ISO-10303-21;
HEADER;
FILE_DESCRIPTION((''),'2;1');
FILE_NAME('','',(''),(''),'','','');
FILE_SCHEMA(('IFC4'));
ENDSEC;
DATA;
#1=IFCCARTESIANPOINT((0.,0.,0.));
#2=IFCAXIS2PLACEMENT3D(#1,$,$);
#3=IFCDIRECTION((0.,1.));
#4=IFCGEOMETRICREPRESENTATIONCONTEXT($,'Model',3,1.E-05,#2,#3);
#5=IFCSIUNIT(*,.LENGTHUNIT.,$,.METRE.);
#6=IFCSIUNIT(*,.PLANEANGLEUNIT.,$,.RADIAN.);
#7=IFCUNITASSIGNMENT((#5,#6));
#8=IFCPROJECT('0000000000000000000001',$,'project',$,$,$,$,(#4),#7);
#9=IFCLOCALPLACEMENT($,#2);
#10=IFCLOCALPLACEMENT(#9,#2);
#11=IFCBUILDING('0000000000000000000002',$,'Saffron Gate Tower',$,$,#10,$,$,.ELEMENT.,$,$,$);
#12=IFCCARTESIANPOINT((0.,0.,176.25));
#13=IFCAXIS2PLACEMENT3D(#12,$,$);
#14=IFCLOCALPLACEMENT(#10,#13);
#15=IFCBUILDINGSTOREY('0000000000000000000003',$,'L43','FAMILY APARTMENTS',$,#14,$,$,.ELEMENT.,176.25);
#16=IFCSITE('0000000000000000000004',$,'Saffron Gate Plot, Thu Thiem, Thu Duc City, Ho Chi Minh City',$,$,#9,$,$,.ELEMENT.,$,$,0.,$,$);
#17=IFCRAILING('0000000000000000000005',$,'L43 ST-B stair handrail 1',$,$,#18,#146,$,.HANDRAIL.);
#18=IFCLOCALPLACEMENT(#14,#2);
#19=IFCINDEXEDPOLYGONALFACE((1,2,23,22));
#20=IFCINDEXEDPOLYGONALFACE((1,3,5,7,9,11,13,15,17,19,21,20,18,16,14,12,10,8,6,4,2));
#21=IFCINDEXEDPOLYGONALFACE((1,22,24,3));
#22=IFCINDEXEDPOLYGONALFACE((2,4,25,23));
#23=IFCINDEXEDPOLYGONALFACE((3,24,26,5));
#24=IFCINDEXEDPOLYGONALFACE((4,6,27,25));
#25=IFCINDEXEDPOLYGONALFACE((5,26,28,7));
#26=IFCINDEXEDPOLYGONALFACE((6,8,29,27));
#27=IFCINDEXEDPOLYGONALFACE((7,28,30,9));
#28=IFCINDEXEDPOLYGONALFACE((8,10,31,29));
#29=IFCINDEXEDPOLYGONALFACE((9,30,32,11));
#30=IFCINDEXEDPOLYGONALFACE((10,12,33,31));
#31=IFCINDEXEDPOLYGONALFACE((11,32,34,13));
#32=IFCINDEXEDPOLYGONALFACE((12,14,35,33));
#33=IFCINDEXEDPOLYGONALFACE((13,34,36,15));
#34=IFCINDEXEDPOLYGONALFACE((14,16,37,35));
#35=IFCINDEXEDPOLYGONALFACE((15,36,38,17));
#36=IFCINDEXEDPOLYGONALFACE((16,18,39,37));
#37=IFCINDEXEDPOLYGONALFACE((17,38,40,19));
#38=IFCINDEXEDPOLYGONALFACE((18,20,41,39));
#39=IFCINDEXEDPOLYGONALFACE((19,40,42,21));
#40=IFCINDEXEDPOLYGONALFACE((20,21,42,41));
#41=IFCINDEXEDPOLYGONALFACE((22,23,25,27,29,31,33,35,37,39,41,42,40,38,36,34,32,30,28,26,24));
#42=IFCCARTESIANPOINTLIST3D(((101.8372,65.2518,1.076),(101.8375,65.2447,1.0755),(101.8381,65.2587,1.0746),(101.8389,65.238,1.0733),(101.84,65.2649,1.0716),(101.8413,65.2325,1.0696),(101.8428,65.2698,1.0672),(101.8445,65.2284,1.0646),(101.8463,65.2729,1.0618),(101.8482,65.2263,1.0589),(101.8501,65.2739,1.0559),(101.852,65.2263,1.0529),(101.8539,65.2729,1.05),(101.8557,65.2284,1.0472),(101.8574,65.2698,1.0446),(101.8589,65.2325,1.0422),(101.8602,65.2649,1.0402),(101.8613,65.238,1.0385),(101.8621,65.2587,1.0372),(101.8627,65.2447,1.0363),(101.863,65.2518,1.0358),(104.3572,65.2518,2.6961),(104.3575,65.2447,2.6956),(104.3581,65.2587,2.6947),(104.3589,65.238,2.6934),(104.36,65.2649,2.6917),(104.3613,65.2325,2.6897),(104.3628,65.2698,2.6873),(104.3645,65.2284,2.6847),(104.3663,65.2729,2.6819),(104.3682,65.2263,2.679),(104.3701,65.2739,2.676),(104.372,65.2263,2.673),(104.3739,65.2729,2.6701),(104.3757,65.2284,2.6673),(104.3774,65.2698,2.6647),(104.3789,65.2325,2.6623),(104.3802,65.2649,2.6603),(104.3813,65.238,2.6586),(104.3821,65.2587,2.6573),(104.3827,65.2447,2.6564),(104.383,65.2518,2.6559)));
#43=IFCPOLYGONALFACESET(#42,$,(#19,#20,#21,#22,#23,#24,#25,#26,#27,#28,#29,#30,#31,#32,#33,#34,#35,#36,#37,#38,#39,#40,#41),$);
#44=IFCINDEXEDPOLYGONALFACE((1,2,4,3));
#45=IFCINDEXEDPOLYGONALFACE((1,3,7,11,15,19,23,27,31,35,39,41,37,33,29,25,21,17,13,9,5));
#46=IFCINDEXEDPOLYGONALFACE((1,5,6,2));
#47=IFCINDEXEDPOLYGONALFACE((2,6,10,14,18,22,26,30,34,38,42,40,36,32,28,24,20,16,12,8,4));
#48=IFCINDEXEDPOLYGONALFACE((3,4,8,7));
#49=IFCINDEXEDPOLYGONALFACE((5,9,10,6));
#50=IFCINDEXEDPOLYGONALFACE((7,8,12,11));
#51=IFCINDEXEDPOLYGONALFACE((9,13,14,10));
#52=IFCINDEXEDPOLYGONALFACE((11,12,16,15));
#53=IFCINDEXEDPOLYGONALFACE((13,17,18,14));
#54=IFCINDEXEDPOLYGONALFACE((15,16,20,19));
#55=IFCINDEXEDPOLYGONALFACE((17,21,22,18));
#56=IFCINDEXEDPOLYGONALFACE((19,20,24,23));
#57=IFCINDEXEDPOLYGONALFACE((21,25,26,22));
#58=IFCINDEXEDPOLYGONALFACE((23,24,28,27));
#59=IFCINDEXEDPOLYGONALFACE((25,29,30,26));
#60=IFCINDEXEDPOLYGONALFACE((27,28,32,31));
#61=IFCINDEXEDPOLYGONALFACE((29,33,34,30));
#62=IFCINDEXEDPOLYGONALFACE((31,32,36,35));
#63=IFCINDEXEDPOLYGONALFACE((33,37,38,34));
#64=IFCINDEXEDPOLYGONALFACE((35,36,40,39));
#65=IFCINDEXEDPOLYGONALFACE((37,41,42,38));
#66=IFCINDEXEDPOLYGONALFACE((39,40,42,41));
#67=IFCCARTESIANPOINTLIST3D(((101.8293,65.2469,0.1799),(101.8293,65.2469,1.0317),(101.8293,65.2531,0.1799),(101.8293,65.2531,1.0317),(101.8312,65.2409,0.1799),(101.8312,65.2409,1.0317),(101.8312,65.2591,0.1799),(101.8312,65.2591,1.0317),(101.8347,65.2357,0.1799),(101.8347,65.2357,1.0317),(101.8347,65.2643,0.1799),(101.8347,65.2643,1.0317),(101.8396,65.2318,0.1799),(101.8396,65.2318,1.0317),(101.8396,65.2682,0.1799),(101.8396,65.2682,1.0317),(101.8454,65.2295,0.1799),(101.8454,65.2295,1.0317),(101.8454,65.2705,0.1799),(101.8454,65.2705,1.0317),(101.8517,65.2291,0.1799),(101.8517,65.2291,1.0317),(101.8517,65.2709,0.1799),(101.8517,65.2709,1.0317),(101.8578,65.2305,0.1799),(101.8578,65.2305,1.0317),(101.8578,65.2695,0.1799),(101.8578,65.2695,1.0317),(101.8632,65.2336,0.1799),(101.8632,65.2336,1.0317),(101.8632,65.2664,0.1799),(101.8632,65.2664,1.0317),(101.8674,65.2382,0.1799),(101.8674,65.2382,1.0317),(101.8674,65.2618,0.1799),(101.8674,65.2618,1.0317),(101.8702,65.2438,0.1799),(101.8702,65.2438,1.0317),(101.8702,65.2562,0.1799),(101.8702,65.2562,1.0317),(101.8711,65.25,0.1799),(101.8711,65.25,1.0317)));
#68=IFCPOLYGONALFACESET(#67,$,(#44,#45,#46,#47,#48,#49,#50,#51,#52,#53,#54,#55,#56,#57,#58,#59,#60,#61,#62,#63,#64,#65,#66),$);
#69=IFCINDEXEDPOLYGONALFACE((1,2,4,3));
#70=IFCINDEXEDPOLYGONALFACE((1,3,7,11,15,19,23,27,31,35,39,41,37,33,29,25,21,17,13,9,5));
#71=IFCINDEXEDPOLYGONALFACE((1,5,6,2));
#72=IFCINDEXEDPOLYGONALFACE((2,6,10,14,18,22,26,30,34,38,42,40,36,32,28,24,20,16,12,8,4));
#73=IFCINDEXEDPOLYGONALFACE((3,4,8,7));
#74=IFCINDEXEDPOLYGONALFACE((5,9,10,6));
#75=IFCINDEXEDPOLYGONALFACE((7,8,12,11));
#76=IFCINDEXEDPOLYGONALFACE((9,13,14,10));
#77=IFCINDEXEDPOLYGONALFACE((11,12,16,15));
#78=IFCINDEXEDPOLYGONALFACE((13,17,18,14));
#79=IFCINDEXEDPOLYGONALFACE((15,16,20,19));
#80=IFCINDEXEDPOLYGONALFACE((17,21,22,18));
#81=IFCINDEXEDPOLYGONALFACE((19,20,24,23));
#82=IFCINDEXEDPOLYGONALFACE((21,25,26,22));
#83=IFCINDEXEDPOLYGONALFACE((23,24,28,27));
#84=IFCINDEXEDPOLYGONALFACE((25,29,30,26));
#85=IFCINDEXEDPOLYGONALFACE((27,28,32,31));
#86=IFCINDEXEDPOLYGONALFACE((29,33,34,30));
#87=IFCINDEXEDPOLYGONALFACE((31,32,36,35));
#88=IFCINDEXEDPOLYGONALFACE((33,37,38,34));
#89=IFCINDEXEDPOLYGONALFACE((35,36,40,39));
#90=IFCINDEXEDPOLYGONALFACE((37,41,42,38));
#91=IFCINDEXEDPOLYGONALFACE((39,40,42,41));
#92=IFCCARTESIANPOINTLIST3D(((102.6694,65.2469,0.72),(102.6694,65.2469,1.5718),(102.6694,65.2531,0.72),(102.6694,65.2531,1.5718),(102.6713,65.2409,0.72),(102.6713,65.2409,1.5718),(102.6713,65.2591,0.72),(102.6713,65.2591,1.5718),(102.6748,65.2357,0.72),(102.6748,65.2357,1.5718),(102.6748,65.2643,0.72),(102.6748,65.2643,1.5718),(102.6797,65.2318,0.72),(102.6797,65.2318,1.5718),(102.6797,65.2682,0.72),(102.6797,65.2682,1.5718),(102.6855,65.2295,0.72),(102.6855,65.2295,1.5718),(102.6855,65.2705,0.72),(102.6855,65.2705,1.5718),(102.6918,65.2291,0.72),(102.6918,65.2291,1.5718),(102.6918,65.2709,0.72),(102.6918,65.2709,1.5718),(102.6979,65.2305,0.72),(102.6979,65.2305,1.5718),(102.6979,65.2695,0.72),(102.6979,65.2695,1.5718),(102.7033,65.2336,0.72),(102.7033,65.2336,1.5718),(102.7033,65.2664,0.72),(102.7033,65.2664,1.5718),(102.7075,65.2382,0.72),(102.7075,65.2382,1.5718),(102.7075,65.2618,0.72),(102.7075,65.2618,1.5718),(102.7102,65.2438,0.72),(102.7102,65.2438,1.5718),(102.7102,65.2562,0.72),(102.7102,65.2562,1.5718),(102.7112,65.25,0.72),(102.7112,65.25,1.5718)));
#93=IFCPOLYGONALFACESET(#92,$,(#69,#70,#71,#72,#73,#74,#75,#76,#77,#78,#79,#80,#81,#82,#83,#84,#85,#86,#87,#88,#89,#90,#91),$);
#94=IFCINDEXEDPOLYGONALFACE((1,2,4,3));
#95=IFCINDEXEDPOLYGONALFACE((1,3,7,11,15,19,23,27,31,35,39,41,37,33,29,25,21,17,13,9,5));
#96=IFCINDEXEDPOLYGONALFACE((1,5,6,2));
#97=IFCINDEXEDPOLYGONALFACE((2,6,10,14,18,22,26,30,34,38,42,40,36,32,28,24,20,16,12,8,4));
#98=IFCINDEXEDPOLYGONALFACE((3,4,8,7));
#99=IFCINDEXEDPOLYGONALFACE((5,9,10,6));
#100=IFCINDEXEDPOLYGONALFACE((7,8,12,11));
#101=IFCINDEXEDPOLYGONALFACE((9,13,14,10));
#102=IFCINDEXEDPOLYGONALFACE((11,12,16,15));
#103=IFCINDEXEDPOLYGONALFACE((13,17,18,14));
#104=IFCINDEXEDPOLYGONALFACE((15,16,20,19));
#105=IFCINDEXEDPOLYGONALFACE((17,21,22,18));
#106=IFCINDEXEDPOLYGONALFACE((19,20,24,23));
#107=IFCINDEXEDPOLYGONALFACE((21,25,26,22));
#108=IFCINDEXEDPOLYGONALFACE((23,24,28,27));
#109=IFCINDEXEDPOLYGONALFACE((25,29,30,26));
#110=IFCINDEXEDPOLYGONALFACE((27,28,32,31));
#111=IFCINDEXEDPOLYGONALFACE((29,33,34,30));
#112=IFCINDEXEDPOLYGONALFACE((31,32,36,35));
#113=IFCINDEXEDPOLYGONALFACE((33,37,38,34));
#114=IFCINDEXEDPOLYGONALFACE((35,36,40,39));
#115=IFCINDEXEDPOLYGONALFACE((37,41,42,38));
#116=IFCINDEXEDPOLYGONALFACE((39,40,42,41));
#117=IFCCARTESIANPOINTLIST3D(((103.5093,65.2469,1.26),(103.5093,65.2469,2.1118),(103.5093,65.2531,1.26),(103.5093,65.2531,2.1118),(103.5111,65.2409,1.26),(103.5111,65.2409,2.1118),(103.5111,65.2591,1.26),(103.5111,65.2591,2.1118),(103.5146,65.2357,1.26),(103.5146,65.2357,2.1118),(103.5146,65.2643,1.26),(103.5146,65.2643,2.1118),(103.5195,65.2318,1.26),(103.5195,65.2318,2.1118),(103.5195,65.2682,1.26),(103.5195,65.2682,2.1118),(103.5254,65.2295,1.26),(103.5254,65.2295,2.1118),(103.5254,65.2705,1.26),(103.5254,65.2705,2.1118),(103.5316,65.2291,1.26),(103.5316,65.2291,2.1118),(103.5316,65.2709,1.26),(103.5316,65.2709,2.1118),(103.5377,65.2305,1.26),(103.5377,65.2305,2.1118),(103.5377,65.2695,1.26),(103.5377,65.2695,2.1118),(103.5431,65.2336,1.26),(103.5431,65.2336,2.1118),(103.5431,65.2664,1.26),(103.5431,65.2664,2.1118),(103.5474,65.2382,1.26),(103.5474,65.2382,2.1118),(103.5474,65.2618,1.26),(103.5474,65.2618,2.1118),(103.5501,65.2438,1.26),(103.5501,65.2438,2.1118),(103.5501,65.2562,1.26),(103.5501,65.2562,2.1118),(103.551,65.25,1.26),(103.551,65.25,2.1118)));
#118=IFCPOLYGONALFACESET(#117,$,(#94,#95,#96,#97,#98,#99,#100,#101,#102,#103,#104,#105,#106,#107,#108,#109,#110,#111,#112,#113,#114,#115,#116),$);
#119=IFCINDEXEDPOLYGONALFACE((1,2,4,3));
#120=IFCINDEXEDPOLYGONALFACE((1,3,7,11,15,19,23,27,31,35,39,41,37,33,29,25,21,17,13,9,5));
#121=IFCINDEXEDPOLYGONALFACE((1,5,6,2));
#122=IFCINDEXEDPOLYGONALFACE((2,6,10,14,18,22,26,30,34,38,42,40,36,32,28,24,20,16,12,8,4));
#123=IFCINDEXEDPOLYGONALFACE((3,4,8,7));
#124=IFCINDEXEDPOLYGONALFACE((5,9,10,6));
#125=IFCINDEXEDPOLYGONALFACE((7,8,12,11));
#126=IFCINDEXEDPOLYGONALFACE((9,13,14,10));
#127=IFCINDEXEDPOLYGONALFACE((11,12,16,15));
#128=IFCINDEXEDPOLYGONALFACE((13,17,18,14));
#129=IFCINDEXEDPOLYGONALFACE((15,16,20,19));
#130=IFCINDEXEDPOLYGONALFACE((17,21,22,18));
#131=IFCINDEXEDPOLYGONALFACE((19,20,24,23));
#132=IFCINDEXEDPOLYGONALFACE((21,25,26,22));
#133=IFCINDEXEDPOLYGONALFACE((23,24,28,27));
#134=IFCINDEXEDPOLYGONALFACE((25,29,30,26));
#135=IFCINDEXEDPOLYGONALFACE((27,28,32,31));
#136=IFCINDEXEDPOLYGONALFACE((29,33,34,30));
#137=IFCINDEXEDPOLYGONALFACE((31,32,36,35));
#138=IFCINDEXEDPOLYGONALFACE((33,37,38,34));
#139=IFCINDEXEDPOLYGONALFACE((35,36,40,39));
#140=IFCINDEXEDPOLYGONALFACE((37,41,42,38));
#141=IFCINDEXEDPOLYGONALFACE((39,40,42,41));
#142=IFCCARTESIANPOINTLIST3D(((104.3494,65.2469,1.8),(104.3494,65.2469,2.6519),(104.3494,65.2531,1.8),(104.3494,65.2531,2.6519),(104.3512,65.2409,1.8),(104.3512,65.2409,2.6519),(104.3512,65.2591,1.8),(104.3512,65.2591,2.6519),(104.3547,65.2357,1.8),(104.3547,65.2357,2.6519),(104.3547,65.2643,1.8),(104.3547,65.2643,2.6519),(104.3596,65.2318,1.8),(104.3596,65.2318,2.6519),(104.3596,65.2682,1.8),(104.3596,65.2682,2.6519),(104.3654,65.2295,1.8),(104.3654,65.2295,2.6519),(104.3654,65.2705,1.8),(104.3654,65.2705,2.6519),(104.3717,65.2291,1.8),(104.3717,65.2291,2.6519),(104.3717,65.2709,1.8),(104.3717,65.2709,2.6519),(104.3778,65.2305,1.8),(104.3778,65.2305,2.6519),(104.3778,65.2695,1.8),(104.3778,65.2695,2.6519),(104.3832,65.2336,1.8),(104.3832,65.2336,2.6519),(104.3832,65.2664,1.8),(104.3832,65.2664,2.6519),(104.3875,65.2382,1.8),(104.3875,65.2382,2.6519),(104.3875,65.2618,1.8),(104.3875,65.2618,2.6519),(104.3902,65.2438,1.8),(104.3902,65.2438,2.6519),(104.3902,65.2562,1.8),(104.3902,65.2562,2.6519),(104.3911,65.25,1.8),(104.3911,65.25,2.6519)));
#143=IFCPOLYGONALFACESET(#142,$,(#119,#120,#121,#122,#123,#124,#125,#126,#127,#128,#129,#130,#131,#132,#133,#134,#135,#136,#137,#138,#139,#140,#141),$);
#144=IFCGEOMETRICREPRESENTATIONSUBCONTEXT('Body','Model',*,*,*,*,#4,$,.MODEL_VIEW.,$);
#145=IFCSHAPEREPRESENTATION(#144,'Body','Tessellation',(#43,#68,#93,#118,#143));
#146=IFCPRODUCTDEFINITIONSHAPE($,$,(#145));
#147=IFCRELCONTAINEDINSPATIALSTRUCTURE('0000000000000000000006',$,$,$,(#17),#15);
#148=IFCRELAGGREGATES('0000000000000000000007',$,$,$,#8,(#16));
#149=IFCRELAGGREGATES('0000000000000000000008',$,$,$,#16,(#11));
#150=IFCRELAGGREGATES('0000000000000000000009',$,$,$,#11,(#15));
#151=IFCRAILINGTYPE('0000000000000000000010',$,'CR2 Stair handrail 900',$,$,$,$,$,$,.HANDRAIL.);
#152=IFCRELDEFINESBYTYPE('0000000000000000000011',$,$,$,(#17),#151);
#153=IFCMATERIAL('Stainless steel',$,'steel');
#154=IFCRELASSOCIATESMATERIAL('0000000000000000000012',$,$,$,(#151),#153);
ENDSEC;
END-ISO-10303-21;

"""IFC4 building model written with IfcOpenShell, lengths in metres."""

from ifc_helpers import new_model, si_unit, direction, frame, origin, origin_2d, place, context, subcontext, project, spatial, circle, extrude, material, type_object, element, save


model = new_model("IFC4")

# Units and contexts
model_context = context("Model", 3, precision=1e-05, world=origin(), true_north=direction((0.0, 1.0)))
body_context = subcontext(model_context, "Body", "Model", "MODEL_VIEW")
ifc_project = project(units=[si_unit("LENGTHUNIT", "METRE"), si_unit("PLANEANGLEUNIT", "RADIAN")], contexts=[model_context])

# Site, building, storey
site_placement = place(None, origin())
site = spatial("IfcSite", under=ifc_project, at=site_placement, Name="Saffron Gate Plot, Thu Thiem, Thu Duc City, Ho Chi Minh City", CompositionType="ELEMENT", RefElevation=0.0)
building_placement = place(site_placement, origin())
building = spatial("IfcBuilding", under=site, at=building_placement, Name="Saffron Gate Tower", CompositionType="ELEMENT")
storey_placement = place(building_placement, frame((0.0, 0.0, 176.25)))
storey = spatial("IfcBuildingStorey", under=building, at=storey_placement, Name="L43", Description="FAMILY APARTMENTS", CompositionType="ELEMENT", Elevation=176.25)

# Railing
ifc_material_1 = material(Name="Stainless steel", Category="steel")
railing_type_1 = type_object("IfcRailingType", Name="CR2 Stair handrail 900", PredefinedType="HANDRAIL", material=ifc_material_1)
railing_1_placement = place(storey_placement, frame((101.8501, 65.25, 0.1799)))
element("IfcRailing", 1, at=railing_1_placement, inside=storey, type_object=railing_type_1, Name="L43 ST-B stair handrail 1", PredefinedType="HANDRAIL", context=body_context, shape_type="SweptSolid", body=[
    extrude(circle(Radius=0.0239, at=origin_2d()), frame((0.0, 0.0, 0.876), z_axis=(0.841163, 0.0, 0.540782), x_axis=(0.0, 1.0, 0.0)), (0.0, 0.0, 1.0), 2.9958),
    extrude(circle(Radius=0.021, at=origin_2d()), origin(), (0.0, 0.0, 1.0), 0.8518),
    extrude(circle(Radius=0.021, at=origin_2d()), frame((0.8401, 0.0, 0.54)), (0.0, 0.0, 1.0), 0.8518),
    extrude(circle(Radius=0.021, at=origin_2d()), frame((1.6799, 0.0, 1.0801)), (0.0, 0.0, 1.0), 0.8518),
    extrude(circle(Radius=0.021, at=origin_2d()), frame((2.52, 0.0, 1.6201)), (0.0, 0.0, 1.0), 0.8518),
])

save(model, "model.ifc")
